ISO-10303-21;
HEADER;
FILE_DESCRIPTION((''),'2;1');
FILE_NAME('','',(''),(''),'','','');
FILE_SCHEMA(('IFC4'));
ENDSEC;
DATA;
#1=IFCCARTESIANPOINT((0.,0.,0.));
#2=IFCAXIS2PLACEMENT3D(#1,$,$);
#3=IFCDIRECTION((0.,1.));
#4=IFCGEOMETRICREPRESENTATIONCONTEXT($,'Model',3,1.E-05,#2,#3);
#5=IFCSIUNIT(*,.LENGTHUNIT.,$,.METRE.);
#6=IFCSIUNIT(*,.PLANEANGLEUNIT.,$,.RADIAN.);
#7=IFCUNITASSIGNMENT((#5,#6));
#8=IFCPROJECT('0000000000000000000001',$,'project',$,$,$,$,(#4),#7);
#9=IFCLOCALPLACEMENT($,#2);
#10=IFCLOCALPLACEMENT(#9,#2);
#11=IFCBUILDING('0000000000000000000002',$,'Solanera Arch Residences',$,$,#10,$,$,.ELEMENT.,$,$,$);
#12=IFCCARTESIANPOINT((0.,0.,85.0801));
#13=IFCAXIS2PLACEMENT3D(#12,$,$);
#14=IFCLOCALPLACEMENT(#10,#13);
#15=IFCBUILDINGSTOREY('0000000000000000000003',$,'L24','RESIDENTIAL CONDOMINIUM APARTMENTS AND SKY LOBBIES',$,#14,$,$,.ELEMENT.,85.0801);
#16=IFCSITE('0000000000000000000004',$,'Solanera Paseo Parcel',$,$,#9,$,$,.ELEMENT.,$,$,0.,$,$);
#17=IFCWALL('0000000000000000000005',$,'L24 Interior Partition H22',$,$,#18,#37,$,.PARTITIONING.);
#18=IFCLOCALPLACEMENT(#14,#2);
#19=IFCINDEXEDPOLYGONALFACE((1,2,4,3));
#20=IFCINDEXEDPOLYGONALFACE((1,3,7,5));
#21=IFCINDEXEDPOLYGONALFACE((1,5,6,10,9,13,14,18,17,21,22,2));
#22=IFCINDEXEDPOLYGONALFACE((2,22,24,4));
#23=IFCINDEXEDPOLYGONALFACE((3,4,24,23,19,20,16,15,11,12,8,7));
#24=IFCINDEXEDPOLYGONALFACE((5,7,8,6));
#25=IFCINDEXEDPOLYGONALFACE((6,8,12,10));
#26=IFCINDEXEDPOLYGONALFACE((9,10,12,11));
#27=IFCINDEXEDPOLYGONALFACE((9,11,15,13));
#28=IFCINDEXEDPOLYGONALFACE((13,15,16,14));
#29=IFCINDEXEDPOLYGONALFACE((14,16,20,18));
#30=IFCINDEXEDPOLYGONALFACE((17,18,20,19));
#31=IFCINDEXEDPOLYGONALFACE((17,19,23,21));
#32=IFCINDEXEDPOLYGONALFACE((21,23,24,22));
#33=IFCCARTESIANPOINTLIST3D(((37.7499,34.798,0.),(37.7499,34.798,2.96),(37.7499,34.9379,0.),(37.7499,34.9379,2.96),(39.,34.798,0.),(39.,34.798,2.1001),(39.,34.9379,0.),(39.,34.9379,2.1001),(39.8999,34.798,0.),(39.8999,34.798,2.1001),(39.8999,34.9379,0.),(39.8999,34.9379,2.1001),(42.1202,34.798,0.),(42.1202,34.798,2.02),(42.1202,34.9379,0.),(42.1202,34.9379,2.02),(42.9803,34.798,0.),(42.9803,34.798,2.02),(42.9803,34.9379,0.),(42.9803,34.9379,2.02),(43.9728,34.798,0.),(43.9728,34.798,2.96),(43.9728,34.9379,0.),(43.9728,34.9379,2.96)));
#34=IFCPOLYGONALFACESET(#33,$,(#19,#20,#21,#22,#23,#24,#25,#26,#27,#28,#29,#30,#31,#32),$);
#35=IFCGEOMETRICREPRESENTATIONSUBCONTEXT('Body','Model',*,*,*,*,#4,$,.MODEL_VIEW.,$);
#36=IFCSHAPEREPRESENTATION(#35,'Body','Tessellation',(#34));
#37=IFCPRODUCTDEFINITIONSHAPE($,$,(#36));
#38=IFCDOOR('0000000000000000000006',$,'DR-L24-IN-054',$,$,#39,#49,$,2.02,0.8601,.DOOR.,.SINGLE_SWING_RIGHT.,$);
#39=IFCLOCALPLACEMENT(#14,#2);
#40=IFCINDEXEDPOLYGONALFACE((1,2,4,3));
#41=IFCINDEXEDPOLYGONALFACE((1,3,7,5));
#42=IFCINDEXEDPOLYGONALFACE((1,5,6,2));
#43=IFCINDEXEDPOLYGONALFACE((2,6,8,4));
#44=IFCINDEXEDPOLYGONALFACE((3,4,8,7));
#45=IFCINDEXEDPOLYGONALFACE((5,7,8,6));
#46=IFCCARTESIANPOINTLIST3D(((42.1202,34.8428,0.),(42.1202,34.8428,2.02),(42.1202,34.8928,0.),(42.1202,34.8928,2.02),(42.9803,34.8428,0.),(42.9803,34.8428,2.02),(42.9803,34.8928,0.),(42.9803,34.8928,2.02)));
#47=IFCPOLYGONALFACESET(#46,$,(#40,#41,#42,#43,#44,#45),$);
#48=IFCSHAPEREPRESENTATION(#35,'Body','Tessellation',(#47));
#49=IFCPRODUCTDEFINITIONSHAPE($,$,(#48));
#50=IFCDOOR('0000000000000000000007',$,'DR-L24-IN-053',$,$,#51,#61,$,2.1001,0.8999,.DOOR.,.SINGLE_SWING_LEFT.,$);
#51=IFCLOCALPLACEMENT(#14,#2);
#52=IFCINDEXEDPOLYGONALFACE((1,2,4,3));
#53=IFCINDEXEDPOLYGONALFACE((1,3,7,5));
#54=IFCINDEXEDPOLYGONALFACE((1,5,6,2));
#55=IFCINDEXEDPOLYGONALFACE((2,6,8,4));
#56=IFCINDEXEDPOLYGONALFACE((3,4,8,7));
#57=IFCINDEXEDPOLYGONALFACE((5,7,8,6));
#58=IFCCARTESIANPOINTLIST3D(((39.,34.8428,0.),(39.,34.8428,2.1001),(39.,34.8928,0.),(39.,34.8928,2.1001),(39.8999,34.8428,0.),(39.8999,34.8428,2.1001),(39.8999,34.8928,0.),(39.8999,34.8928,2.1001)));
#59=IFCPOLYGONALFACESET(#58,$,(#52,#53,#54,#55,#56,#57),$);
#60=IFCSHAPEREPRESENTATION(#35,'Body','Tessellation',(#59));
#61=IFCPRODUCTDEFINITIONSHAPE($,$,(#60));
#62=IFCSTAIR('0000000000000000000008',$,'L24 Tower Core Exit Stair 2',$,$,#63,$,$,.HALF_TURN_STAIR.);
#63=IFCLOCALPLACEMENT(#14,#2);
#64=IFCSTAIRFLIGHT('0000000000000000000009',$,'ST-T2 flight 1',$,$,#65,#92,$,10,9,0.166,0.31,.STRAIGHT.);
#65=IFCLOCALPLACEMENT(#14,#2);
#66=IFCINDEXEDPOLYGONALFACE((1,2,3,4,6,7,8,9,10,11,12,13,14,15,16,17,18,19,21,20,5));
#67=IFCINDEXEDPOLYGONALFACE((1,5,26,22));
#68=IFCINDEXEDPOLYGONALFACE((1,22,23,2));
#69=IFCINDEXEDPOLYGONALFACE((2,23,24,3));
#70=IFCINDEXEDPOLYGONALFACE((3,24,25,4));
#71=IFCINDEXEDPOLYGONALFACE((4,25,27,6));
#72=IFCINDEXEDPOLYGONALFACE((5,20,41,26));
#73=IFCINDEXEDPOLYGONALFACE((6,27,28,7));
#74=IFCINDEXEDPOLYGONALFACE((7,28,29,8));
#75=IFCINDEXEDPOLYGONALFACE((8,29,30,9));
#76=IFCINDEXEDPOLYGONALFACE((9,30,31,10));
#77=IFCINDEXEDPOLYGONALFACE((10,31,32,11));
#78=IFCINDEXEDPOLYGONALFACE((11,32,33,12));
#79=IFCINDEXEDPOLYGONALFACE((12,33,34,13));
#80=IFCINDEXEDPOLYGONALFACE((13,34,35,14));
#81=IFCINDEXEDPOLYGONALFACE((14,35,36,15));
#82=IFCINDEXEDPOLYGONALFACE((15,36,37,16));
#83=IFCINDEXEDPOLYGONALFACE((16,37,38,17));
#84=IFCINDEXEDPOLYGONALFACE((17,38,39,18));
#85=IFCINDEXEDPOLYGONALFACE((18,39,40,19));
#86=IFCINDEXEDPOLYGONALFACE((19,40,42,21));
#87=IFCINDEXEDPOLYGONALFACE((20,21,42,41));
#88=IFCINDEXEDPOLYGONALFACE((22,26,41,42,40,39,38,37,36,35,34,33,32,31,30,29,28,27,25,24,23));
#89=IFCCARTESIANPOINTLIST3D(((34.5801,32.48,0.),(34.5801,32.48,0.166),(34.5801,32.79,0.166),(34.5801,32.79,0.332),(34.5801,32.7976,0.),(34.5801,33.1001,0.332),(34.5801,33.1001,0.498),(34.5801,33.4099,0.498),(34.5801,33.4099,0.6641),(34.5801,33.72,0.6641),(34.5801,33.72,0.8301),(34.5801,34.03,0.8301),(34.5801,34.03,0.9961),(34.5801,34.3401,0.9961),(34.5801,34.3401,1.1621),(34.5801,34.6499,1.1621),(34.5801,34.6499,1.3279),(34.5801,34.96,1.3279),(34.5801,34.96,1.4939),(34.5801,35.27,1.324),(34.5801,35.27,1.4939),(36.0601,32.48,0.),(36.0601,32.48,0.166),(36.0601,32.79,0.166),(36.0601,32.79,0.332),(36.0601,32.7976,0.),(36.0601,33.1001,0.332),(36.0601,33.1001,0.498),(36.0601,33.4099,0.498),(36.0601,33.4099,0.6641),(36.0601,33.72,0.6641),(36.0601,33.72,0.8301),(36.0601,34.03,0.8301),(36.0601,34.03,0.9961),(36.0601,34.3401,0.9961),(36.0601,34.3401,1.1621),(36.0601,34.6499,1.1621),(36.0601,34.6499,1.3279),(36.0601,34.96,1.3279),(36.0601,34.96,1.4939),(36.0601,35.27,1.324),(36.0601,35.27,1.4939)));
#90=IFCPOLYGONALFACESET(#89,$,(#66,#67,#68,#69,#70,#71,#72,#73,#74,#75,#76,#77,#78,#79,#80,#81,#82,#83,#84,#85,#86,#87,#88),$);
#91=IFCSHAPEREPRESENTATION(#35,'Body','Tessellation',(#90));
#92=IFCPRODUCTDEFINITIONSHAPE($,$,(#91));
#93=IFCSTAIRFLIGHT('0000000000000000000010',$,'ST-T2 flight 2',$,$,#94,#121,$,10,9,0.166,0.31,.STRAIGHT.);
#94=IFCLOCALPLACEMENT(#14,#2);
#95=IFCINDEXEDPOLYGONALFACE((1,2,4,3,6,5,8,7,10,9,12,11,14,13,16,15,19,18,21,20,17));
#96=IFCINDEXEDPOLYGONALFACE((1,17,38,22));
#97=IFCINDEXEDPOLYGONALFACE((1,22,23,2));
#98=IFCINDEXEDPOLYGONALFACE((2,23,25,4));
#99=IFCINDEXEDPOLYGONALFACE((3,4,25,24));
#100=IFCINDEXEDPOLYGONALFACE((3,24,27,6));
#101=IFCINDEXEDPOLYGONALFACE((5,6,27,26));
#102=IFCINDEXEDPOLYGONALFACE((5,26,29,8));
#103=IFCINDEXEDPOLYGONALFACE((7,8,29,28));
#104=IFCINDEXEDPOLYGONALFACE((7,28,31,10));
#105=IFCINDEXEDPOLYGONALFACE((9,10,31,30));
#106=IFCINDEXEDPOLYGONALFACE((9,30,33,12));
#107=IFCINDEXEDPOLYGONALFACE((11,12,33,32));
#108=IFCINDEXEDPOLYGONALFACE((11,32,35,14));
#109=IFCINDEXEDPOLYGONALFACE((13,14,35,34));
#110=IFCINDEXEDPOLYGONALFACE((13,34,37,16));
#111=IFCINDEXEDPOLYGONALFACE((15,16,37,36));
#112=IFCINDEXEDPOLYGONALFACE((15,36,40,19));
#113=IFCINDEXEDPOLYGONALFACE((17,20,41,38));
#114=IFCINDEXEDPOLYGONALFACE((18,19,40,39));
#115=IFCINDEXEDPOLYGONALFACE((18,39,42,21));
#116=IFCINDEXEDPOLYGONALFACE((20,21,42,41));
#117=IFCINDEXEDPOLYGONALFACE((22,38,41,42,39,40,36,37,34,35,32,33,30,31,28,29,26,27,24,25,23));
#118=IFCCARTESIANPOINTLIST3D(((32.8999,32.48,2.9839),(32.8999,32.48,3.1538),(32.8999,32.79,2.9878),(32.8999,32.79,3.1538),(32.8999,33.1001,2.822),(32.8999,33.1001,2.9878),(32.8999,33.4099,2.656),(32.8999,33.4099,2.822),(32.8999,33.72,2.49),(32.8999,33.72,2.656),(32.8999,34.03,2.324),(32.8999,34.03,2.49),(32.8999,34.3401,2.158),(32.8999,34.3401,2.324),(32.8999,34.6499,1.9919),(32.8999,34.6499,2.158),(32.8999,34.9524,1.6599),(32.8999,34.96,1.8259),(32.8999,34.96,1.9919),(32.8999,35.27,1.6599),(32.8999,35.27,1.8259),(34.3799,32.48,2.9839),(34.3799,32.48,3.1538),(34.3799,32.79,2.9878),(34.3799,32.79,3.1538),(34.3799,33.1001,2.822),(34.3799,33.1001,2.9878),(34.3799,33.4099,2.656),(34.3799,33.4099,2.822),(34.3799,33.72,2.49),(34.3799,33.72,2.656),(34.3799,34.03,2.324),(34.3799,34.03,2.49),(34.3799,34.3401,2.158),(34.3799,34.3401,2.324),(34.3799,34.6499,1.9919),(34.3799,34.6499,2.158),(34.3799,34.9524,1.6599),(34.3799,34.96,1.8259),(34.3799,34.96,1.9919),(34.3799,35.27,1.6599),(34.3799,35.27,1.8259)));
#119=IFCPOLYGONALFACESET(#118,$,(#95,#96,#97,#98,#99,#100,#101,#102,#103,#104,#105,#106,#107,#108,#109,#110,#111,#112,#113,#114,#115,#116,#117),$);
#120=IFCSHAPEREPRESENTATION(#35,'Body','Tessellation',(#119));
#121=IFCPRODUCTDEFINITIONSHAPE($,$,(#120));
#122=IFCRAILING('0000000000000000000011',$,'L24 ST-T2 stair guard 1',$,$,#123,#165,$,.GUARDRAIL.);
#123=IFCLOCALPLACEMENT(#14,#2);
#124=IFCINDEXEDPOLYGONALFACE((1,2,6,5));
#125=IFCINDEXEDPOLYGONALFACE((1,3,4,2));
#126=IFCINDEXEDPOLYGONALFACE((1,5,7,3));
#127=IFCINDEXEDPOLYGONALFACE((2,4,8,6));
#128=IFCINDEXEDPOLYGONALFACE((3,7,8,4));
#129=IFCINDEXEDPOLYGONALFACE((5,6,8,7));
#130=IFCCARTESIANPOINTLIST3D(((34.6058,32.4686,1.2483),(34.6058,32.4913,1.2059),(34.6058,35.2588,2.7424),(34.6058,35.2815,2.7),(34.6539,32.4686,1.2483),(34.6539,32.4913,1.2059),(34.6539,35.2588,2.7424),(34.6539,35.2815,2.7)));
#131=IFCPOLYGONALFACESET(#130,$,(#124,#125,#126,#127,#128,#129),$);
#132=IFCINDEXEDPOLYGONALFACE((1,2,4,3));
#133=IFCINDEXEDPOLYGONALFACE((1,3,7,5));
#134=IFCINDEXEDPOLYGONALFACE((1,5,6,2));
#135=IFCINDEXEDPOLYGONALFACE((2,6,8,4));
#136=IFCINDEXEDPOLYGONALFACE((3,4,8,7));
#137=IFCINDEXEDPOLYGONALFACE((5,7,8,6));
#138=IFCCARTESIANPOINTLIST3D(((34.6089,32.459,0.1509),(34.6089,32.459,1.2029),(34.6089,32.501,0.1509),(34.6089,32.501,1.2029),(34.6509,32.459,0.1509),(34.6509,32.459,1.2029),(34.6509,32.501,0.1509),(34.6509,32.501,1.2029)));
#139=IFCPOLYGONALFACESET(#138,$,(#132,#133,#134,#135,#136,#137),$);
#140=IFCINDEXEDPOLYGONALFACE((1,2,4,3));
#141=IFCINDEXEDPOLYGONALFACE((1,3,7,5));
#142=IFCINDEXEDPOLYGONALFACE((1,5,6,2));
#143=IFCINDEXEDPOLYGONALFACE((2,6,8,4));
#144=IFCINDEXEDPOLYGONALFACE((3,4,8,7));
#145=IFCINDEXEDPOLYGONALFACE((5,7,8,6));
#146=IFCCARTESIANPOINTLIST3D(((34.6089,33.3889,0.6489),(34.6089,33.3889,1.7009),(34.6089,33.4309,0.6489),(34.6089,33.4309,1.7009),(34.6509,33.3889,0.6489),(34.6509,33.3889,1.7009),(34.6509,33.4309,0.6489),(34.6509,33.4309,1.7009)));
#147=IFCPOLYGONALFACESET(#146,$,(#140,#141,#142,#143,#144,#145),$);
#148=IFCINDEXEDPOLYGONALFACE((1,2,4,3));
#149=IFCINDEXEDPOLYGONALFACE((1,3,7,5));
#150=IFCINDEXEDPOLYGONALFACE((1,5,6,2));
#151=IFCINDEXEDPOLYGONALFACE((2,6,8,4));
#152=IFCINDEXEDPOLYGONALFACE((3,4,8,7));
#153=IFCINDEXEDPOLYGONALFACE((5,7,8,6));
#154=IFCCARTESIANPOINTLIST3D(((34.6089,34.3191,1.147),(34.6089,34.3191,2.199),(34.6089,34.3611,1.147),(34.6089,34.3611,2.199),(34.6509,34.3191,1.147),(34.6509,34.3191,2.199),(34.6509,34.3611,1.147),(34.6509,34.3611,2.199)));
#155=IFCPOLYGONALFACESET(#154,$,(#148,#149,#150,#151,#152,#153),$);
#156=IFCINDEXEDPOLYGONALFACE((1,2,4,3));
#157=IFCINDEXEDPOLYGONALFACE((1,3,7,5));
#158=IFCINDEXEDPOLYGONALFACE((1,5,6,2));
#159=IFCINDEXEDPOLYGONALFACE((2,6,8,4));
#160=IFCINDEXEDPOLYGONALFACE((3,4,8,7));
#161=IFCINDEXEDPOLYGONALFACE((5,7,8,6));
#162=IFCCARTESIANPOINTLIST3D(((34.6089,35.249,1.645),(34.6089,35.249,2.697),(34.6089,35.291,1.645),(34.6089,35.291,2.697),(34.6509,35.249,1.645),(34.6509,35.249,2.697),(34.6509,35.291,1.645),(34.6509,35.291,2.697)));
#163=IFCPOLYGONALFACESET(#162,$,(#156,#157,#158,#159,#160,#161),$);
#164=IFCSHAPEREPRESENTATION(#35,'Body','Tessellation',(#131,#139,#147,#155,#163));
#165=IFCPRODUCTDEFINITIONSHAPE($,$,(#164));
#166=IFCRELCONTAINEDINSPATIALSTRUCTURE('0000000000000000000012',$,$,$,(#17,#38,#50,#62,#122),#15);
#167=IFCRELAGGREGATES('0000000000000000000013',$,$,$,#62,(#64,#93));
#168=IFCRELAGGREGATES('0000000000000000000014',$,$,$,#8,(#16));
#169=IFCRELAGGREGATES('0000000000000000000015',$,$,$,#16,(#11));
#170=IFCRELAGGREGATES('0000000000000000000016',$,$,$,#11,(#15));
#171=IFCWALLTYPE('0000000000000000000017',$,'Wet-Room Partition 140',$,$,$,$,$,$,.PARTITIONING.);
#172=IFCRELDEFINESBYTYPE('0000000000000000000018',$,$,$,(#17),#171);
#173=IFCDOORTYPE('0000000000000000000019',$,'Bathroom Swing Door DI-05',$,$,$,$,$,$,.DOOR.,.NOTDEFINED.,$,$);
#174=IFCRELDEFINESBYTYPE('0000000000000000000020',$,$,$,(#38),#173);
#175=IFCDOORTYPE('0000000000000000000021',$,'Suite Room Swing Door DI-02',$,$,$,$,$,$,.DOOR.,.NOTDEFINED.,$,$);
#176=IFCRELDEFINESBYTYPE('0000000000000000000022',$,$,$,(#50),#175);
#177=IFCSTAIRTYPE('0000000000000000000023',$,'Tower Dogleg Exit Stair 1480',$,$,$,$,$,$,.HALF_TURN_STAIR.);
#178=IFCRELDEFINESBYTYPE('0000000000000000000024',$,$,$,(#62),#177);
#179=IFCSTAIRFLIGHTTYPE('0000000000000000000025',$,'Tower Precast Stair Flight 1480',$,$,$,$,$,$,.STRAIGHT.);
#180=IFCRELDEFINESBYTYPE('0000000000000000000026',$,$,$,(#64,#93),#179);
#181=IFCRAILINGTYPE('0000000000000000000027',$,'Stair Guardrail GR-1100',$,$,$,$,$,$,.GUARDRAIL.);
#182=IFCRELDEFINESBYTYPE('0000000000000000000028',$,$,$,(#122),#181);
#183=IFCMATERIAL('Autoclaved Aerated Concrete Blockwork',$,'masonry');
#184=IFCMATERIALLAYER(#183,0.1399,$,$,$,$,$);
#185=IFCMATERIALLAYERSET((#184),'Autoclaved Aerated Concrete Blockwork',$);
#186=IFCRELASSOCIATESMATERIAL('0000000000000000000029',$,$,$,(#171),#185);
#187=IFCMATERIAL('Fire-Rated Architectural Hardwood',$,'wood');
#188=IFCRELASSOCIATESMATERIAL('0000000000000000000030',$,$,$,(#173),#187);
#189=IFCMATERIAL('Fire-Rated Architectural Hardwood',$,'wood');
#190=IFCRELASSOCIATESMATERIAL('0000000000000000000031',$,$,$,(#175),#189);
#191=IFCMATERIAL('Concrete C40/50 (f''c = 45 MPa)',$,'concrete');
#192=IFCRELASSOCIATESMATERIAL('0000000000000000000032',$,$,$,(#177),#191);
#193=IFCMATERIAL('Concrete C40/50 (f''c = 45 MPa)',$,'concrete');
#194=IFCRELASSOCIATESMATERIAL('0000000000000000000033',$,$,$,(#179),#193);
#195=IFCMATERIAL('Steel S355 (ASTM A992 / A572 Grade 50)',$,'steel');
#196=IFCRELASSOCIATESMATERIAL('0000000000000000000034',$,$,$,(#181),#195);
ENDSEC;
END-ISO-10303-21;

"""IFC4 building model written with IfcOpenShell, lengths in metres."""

from ifc_helpers import new_model, si_unit, direction, frame, frame_2d, origin, origin_2d, place, context, subcontext, project, spatial, polyline, rectangle, outline, extrude, material, layer, layer_set, type_object, element, fill, aggregate, save


model = new_model("IFC4")

# Units and contexts
model_context = context("Model", 3, precision=1e-05, world=origin(), true_north=direction((0.0, 1.0)))
body_context = subcontext(model_context, "Body", "Model", "MODEL_VIEW")
ifc_project = project(units=[si_unit("LENGTHUNIT", "METRE"), si_unit("PLANEANGLEUNIT", "RADIAN")], contexts=[model_context])

# Site, building, storey
site_placement = place(None, origin())
site = spatial("IfcSite", under=ifc_project, at=site_placement, Name="Solanera Paseo Parcel", CompositionType="ELEMENT", RefElevation=0.0)
building_placement = place(site_placement, origin())
building = spatial("IfcBuilding", under=site, at=building_placement, Name="Solanera Arch Residences", CompositionType="ELEMENT")
storey_placement = place(building_placement, frame((0.0, 0.0, 85.0801)))
storey = spatial("IfcBuildingStorey", under=building, at=storey_placement, Name="L24", Description="RESIDENTIAL CONDOMINIUM APARTMENTS AND SKY LOBBIES", CompositionType="ELEMENT", Elevation=85.0801)

# Wall, openings, doors
ifc_material_1 = material(Name="Autoclaved Aerated Concrete Blockwork", Category="masonry")
ifc_layer_1 = layer(ifc_material_1, 0.1399)
ifc_layer_set_1 = layer_set([ifc_layer_1], Name="Autoclaved Aerated Concrete Blockwork")
wall_type_1 = type_object("IfcWallType", Name="Wet-Room Partition 140", PredefinedType="PARTITIONING", material=ifc_layer_set_1)
wall_1_placement = place(storey_placement, frame((37.75, 34.8679, 0.0), z_axis=(0.0, 0.0, 1.0), x_axis=(1.0, 0.0, 0.0)))
wall_1 = element("IfcWall", 1, at=wall_1_placement, inside=storey, type_object=wall_type_1, Name="L24 Interior Partition H22", PredefinedType="PARTITIONING", context=body_context, shape_type="SweptSolid", body=[
    extrude(rectangle(XDim=6.2229, YDim=0.1399, at=frame_2d((3.1113, 0.0))), origin(), (0.0, 0.0, 1.0), 2.96),
])
opening_1_placement = place(wall_1_placement, frame((1.25, 0.0, 0.0)))
opening_1 = element("IfcOpeningElement", 2, at=opening_1_placement, cuts=wall_1, PredefinedType="OPENING", context=body_context, shape_type="SweptSolid", body=[
    extrude(rectangle(XDim=0.8999, YDim=2.1001, at=frame_2d((0.45, 1.05))), frame((0.0, 0.0798, 0.0), z_axis=(0.0, -1.0, 0.0), x_axis=(1.0, 0.0, 0.0)), (0.0, 0.0, 1.0), 0.1599),
])
opening_2_placement = place(wall_1_placement, frame((4.3701, 0.0, 0.0)))
opening_2 = element("IfcOpeningElement", 3, at=opening_2_placement, cuts=wall_1, PredefinedType="OPENING", context=body_context, shape_type="SweptSolid", body=[
    extrude(rectangle(XDim=0.8601, YDim=2.02, at=frame_2d((0.4302, 1.01))), frame((0.0, 0.0798, 0.0), z_axis=(0.0, -1.0, 0.0), x_axis=(1.0, 0.0, 0.0)), (0.0, 0.0, 1.0), 0.1599),
])
ifc_material_2 = material(Name="Fire-Rated Architectural Hardwood", Category="wood")
door_type_1 = type_object("IfcDoorType", Name="Bathroom Swing Door DI-05", OperationType="NOTDEFINED", PredefinedType="DOOR", material=ifc_material_2)
door_1_placement = place(opening_2_placement, origin())
door_1 = element("IfcDoor", 4, at=door_1_placement, inside=storey, type_object=door_type_1, Name="DR-L24-IN-054", OperationType="SINGLE_SWING_RIGHT", OverallHeight=2.02, OverallWidth=0.8601, PredefinedType="DOOR", context=body_context, shape_type="SweptSolid", body=[
    extrude(rectangle(XDim=0.8601, YDim=2.02, at=frame_2d((0.4302, 1.01))), frame((0.0, 0.0249, 0.0), z_axis=(0.0, -1.0, 0.0), x_axis=(1.0, 0.0, 0.0)), (0.0, 0.0, 1.0), 0.05),
])
fill(opening_2, door_1)
ifc_material_3 = material(Name="Fire-Rated Architectural Hardwood", Category="wood")
door_type_2 = type_object("IfcDoorType", Name="Suite Room Swing Door DI-02", OperationType="NOTDEFINED", PredefinedType="DOOR", material=ifc_material_3)
door_2_placement = place(opening_1_placement, origin())
door_2 = element("IfcDoor", 5, at=door_2_placement, inside=storey, type_object=door_type_2, Name="DR-L24-IN-053", OperationType="SINGLE_SWING_LEFT", OverallHeight=2.1001, OverallWidth=0.8999, PredefinedType="DOOR", context=body_context, shape_type="SweptSolid", body=[
    extrude(rectangle(XDim=0.8999, YDim=2.1001, at=frame_2d((0.45, 1.05))), frame((0.0, 0.0249, 0.0), z_axis=(0.0, -1.0, 0.0), x_axis=(1.0, 0.0, 0.0)), (0.0, 0.0, 1.0), 0.05),
])
fill(opening_1, door_2)

# Stair, stair flights
ifc_material_4 = material(Name="Concrete C40/50 (f'c = 45 MPa)", Category="concrete")
stair_type = type_object("IfcStairType", Name="Tower Dogleg Exit Stair 1480", PredefinedType="HALF_TURN_STAIR", material=ifc_material_4)
stair_placement = place(storey_placement, origin())
stair = element("IfcStair", 6, at=stair_placement, inside=storey, type_object=stair_type, Name="L24 Tower Core Exit Stair 2", PredefinedType="HALF_TURN_STAIR")
ifc_material_5 = material(Name="Concrete C40/50 (f'c = 45 MPa)", Category="concrete")
stair_flight_type = type_object("IfcStairFlightType", Name="Tower Precast Stair Flight 1480", PredefinedType="STRAIGHT", material=ifc_material_5)
stair_flight_1_placement = place(storey_placement, frame((35.3201, 32.48, 0.0), z_axis=(0.0, 0.0, 1.0), x_axis=(0.0, 1.0, 0.0)))
stair_flight_1 = element("IfcStairFlight", 7, at=stair_flight_1_placement, type_object=stair_flight_type, Name="ST-T2 flight 1", NumberOfRisers=10, NumberOfTreads=9, PredefinedType="STRAIGHT", RiserHeight=0.166, TreadLength=0.31, context=body_context, shape_type="SweptSolid", body=[
    extrude(outline(polyline([(0.0, 0.0), (0.0, 0.166), (0.3101, 0.166), (0.3101, 0.332), (0.6201, 0.332), (0.6201, 0.498), (0.9299, 0.498), (0.9299, 0.6641), (1.24, 0.6641), (1.24, 0.8301), (1.55, 0.8301), (1.55, 0.9961), (1.8601, 0.9961), (1.8601, 1.1621), (2.1699, 1.1621), (2.1699, 1.3279), (2.48, 1.3279), (2.48, 1.4939), (2.79, 1.4939), (2.79, 1.6599), (2.79, 1.324), (0.3176, 0.0), (0.0, 0.0)])), frame((0.0, 0.74, 0.0), z_axis=(0.0, -1.0, 0.0), x_axis=(1.0, 0.0, 0.0)), (0.0, 0.0, 1.0), 1.48),
])
stair_flight_2_placement = place(storey_placement, frame((33.6399, 35.27, 1.6599), z_axis=(0.0, 0.0, 1.0), x_axis=(0.0, -1.0, 0.0)))
stair_flight_2 = element("IfcStairFlight", 8, at=stair_flight_2_placement, type_object=stair_flight_type, Name="ST-T2 flight 2", NumberOfRisers=10, NumberOfTreads=9, PredefinedType="STRAIGHT", RiserHeight=0.166, TreadLength=0.31, context=body_context, shape_type="SweptSolid", body=[
    extrude(outline(polyline([(0.0, 0.0), (0.0, 0.166), (0.3101, 0.166), (0.3101, 0.332), (0.6201, 0.332), (0.6201, 0.498), (0.9299, 0.498), (0.9299, 0.6641), (1.24, 0.6641), (1.24, 0.8301), (1.55, 0.8301), (1.55, 0.9961), (1.8601, 0.9961), (1.8601, 1.1621), (2.1699, 1.1621), (2.1699, 1.3279), (2.48, 1.3279), (2.48, 1.4939), (2.79, 1.4939), (2.79, 1.6599), (2.79, 1.324), (0.3176, 0.0), (0.0, 0.0)])), frame((0.0, 0.74, 0.0), z_axis=(0.0, -1.0, 0.0), x_axis=(1.0, 0.0, 0.0)), (0.0, 0.0, 1.0), 1.48),
])
aggregate(stair, [stair_flight_1, stair_flight_2])

# Railing
ifc_material_6 = material(Name="Steel S355 (ASTM A992 / A572 Grade 50)", Category="steel")
railing_type_1 = type_object("IfcRailingType", Name="Stair Guardrail GR-1100", PredefinedType="GUARDRAIL", material=ifc_material_6)
railing_1_placement = place(storey_placement, frame((34.6299, 32.48, 0.1509)))
element("IfcRailing", 9, at=railing_1_placement, inside=storey, type_object=railing_type_1, Name="L24 ST-T2 stair guard 1", PredefinedType="GUARDRAIL", context=body_context, shape_type="SweptSolid", body=[
    extrude(rectangle(XDim=0.0481, YDim=0.0481, at=origin_2d()), frame((0.0, 0.0, 1.0762), z_axis=(0.0, 0.881549, 0.472093), x_axis=(-1.0, 0.0, 0.0)), (0.0, 0.0, 1.0), 3.165),
    extrude(rectangle(XDim=0.042, YDim=0.042, at=origin_2d()), origin(), (0.0, 0.0, 1.0), 1.052),
    extrude(rectangle(XDim=0.042, YDim=0.042, at=origin_2d()), frame((0.0, 0.9299, 0.498)), (0.0, 0.0, 1.0), 1.052),
    extrude(rectangle(XDim=0.042, YDim=0.042, at=origin_2d()), frame((0.0, 1.8601, 0.9961)), (0.0, 0.0, 1.0), 1.052),
    extrude(rectangle(XDim=0.042, YDim=0.042, at=origin_2d()), frame((0.0, 2.79, 1.4941)), (0.0, 0.0, 1.0), 1.052),
])

save(model, "model.ifc")
